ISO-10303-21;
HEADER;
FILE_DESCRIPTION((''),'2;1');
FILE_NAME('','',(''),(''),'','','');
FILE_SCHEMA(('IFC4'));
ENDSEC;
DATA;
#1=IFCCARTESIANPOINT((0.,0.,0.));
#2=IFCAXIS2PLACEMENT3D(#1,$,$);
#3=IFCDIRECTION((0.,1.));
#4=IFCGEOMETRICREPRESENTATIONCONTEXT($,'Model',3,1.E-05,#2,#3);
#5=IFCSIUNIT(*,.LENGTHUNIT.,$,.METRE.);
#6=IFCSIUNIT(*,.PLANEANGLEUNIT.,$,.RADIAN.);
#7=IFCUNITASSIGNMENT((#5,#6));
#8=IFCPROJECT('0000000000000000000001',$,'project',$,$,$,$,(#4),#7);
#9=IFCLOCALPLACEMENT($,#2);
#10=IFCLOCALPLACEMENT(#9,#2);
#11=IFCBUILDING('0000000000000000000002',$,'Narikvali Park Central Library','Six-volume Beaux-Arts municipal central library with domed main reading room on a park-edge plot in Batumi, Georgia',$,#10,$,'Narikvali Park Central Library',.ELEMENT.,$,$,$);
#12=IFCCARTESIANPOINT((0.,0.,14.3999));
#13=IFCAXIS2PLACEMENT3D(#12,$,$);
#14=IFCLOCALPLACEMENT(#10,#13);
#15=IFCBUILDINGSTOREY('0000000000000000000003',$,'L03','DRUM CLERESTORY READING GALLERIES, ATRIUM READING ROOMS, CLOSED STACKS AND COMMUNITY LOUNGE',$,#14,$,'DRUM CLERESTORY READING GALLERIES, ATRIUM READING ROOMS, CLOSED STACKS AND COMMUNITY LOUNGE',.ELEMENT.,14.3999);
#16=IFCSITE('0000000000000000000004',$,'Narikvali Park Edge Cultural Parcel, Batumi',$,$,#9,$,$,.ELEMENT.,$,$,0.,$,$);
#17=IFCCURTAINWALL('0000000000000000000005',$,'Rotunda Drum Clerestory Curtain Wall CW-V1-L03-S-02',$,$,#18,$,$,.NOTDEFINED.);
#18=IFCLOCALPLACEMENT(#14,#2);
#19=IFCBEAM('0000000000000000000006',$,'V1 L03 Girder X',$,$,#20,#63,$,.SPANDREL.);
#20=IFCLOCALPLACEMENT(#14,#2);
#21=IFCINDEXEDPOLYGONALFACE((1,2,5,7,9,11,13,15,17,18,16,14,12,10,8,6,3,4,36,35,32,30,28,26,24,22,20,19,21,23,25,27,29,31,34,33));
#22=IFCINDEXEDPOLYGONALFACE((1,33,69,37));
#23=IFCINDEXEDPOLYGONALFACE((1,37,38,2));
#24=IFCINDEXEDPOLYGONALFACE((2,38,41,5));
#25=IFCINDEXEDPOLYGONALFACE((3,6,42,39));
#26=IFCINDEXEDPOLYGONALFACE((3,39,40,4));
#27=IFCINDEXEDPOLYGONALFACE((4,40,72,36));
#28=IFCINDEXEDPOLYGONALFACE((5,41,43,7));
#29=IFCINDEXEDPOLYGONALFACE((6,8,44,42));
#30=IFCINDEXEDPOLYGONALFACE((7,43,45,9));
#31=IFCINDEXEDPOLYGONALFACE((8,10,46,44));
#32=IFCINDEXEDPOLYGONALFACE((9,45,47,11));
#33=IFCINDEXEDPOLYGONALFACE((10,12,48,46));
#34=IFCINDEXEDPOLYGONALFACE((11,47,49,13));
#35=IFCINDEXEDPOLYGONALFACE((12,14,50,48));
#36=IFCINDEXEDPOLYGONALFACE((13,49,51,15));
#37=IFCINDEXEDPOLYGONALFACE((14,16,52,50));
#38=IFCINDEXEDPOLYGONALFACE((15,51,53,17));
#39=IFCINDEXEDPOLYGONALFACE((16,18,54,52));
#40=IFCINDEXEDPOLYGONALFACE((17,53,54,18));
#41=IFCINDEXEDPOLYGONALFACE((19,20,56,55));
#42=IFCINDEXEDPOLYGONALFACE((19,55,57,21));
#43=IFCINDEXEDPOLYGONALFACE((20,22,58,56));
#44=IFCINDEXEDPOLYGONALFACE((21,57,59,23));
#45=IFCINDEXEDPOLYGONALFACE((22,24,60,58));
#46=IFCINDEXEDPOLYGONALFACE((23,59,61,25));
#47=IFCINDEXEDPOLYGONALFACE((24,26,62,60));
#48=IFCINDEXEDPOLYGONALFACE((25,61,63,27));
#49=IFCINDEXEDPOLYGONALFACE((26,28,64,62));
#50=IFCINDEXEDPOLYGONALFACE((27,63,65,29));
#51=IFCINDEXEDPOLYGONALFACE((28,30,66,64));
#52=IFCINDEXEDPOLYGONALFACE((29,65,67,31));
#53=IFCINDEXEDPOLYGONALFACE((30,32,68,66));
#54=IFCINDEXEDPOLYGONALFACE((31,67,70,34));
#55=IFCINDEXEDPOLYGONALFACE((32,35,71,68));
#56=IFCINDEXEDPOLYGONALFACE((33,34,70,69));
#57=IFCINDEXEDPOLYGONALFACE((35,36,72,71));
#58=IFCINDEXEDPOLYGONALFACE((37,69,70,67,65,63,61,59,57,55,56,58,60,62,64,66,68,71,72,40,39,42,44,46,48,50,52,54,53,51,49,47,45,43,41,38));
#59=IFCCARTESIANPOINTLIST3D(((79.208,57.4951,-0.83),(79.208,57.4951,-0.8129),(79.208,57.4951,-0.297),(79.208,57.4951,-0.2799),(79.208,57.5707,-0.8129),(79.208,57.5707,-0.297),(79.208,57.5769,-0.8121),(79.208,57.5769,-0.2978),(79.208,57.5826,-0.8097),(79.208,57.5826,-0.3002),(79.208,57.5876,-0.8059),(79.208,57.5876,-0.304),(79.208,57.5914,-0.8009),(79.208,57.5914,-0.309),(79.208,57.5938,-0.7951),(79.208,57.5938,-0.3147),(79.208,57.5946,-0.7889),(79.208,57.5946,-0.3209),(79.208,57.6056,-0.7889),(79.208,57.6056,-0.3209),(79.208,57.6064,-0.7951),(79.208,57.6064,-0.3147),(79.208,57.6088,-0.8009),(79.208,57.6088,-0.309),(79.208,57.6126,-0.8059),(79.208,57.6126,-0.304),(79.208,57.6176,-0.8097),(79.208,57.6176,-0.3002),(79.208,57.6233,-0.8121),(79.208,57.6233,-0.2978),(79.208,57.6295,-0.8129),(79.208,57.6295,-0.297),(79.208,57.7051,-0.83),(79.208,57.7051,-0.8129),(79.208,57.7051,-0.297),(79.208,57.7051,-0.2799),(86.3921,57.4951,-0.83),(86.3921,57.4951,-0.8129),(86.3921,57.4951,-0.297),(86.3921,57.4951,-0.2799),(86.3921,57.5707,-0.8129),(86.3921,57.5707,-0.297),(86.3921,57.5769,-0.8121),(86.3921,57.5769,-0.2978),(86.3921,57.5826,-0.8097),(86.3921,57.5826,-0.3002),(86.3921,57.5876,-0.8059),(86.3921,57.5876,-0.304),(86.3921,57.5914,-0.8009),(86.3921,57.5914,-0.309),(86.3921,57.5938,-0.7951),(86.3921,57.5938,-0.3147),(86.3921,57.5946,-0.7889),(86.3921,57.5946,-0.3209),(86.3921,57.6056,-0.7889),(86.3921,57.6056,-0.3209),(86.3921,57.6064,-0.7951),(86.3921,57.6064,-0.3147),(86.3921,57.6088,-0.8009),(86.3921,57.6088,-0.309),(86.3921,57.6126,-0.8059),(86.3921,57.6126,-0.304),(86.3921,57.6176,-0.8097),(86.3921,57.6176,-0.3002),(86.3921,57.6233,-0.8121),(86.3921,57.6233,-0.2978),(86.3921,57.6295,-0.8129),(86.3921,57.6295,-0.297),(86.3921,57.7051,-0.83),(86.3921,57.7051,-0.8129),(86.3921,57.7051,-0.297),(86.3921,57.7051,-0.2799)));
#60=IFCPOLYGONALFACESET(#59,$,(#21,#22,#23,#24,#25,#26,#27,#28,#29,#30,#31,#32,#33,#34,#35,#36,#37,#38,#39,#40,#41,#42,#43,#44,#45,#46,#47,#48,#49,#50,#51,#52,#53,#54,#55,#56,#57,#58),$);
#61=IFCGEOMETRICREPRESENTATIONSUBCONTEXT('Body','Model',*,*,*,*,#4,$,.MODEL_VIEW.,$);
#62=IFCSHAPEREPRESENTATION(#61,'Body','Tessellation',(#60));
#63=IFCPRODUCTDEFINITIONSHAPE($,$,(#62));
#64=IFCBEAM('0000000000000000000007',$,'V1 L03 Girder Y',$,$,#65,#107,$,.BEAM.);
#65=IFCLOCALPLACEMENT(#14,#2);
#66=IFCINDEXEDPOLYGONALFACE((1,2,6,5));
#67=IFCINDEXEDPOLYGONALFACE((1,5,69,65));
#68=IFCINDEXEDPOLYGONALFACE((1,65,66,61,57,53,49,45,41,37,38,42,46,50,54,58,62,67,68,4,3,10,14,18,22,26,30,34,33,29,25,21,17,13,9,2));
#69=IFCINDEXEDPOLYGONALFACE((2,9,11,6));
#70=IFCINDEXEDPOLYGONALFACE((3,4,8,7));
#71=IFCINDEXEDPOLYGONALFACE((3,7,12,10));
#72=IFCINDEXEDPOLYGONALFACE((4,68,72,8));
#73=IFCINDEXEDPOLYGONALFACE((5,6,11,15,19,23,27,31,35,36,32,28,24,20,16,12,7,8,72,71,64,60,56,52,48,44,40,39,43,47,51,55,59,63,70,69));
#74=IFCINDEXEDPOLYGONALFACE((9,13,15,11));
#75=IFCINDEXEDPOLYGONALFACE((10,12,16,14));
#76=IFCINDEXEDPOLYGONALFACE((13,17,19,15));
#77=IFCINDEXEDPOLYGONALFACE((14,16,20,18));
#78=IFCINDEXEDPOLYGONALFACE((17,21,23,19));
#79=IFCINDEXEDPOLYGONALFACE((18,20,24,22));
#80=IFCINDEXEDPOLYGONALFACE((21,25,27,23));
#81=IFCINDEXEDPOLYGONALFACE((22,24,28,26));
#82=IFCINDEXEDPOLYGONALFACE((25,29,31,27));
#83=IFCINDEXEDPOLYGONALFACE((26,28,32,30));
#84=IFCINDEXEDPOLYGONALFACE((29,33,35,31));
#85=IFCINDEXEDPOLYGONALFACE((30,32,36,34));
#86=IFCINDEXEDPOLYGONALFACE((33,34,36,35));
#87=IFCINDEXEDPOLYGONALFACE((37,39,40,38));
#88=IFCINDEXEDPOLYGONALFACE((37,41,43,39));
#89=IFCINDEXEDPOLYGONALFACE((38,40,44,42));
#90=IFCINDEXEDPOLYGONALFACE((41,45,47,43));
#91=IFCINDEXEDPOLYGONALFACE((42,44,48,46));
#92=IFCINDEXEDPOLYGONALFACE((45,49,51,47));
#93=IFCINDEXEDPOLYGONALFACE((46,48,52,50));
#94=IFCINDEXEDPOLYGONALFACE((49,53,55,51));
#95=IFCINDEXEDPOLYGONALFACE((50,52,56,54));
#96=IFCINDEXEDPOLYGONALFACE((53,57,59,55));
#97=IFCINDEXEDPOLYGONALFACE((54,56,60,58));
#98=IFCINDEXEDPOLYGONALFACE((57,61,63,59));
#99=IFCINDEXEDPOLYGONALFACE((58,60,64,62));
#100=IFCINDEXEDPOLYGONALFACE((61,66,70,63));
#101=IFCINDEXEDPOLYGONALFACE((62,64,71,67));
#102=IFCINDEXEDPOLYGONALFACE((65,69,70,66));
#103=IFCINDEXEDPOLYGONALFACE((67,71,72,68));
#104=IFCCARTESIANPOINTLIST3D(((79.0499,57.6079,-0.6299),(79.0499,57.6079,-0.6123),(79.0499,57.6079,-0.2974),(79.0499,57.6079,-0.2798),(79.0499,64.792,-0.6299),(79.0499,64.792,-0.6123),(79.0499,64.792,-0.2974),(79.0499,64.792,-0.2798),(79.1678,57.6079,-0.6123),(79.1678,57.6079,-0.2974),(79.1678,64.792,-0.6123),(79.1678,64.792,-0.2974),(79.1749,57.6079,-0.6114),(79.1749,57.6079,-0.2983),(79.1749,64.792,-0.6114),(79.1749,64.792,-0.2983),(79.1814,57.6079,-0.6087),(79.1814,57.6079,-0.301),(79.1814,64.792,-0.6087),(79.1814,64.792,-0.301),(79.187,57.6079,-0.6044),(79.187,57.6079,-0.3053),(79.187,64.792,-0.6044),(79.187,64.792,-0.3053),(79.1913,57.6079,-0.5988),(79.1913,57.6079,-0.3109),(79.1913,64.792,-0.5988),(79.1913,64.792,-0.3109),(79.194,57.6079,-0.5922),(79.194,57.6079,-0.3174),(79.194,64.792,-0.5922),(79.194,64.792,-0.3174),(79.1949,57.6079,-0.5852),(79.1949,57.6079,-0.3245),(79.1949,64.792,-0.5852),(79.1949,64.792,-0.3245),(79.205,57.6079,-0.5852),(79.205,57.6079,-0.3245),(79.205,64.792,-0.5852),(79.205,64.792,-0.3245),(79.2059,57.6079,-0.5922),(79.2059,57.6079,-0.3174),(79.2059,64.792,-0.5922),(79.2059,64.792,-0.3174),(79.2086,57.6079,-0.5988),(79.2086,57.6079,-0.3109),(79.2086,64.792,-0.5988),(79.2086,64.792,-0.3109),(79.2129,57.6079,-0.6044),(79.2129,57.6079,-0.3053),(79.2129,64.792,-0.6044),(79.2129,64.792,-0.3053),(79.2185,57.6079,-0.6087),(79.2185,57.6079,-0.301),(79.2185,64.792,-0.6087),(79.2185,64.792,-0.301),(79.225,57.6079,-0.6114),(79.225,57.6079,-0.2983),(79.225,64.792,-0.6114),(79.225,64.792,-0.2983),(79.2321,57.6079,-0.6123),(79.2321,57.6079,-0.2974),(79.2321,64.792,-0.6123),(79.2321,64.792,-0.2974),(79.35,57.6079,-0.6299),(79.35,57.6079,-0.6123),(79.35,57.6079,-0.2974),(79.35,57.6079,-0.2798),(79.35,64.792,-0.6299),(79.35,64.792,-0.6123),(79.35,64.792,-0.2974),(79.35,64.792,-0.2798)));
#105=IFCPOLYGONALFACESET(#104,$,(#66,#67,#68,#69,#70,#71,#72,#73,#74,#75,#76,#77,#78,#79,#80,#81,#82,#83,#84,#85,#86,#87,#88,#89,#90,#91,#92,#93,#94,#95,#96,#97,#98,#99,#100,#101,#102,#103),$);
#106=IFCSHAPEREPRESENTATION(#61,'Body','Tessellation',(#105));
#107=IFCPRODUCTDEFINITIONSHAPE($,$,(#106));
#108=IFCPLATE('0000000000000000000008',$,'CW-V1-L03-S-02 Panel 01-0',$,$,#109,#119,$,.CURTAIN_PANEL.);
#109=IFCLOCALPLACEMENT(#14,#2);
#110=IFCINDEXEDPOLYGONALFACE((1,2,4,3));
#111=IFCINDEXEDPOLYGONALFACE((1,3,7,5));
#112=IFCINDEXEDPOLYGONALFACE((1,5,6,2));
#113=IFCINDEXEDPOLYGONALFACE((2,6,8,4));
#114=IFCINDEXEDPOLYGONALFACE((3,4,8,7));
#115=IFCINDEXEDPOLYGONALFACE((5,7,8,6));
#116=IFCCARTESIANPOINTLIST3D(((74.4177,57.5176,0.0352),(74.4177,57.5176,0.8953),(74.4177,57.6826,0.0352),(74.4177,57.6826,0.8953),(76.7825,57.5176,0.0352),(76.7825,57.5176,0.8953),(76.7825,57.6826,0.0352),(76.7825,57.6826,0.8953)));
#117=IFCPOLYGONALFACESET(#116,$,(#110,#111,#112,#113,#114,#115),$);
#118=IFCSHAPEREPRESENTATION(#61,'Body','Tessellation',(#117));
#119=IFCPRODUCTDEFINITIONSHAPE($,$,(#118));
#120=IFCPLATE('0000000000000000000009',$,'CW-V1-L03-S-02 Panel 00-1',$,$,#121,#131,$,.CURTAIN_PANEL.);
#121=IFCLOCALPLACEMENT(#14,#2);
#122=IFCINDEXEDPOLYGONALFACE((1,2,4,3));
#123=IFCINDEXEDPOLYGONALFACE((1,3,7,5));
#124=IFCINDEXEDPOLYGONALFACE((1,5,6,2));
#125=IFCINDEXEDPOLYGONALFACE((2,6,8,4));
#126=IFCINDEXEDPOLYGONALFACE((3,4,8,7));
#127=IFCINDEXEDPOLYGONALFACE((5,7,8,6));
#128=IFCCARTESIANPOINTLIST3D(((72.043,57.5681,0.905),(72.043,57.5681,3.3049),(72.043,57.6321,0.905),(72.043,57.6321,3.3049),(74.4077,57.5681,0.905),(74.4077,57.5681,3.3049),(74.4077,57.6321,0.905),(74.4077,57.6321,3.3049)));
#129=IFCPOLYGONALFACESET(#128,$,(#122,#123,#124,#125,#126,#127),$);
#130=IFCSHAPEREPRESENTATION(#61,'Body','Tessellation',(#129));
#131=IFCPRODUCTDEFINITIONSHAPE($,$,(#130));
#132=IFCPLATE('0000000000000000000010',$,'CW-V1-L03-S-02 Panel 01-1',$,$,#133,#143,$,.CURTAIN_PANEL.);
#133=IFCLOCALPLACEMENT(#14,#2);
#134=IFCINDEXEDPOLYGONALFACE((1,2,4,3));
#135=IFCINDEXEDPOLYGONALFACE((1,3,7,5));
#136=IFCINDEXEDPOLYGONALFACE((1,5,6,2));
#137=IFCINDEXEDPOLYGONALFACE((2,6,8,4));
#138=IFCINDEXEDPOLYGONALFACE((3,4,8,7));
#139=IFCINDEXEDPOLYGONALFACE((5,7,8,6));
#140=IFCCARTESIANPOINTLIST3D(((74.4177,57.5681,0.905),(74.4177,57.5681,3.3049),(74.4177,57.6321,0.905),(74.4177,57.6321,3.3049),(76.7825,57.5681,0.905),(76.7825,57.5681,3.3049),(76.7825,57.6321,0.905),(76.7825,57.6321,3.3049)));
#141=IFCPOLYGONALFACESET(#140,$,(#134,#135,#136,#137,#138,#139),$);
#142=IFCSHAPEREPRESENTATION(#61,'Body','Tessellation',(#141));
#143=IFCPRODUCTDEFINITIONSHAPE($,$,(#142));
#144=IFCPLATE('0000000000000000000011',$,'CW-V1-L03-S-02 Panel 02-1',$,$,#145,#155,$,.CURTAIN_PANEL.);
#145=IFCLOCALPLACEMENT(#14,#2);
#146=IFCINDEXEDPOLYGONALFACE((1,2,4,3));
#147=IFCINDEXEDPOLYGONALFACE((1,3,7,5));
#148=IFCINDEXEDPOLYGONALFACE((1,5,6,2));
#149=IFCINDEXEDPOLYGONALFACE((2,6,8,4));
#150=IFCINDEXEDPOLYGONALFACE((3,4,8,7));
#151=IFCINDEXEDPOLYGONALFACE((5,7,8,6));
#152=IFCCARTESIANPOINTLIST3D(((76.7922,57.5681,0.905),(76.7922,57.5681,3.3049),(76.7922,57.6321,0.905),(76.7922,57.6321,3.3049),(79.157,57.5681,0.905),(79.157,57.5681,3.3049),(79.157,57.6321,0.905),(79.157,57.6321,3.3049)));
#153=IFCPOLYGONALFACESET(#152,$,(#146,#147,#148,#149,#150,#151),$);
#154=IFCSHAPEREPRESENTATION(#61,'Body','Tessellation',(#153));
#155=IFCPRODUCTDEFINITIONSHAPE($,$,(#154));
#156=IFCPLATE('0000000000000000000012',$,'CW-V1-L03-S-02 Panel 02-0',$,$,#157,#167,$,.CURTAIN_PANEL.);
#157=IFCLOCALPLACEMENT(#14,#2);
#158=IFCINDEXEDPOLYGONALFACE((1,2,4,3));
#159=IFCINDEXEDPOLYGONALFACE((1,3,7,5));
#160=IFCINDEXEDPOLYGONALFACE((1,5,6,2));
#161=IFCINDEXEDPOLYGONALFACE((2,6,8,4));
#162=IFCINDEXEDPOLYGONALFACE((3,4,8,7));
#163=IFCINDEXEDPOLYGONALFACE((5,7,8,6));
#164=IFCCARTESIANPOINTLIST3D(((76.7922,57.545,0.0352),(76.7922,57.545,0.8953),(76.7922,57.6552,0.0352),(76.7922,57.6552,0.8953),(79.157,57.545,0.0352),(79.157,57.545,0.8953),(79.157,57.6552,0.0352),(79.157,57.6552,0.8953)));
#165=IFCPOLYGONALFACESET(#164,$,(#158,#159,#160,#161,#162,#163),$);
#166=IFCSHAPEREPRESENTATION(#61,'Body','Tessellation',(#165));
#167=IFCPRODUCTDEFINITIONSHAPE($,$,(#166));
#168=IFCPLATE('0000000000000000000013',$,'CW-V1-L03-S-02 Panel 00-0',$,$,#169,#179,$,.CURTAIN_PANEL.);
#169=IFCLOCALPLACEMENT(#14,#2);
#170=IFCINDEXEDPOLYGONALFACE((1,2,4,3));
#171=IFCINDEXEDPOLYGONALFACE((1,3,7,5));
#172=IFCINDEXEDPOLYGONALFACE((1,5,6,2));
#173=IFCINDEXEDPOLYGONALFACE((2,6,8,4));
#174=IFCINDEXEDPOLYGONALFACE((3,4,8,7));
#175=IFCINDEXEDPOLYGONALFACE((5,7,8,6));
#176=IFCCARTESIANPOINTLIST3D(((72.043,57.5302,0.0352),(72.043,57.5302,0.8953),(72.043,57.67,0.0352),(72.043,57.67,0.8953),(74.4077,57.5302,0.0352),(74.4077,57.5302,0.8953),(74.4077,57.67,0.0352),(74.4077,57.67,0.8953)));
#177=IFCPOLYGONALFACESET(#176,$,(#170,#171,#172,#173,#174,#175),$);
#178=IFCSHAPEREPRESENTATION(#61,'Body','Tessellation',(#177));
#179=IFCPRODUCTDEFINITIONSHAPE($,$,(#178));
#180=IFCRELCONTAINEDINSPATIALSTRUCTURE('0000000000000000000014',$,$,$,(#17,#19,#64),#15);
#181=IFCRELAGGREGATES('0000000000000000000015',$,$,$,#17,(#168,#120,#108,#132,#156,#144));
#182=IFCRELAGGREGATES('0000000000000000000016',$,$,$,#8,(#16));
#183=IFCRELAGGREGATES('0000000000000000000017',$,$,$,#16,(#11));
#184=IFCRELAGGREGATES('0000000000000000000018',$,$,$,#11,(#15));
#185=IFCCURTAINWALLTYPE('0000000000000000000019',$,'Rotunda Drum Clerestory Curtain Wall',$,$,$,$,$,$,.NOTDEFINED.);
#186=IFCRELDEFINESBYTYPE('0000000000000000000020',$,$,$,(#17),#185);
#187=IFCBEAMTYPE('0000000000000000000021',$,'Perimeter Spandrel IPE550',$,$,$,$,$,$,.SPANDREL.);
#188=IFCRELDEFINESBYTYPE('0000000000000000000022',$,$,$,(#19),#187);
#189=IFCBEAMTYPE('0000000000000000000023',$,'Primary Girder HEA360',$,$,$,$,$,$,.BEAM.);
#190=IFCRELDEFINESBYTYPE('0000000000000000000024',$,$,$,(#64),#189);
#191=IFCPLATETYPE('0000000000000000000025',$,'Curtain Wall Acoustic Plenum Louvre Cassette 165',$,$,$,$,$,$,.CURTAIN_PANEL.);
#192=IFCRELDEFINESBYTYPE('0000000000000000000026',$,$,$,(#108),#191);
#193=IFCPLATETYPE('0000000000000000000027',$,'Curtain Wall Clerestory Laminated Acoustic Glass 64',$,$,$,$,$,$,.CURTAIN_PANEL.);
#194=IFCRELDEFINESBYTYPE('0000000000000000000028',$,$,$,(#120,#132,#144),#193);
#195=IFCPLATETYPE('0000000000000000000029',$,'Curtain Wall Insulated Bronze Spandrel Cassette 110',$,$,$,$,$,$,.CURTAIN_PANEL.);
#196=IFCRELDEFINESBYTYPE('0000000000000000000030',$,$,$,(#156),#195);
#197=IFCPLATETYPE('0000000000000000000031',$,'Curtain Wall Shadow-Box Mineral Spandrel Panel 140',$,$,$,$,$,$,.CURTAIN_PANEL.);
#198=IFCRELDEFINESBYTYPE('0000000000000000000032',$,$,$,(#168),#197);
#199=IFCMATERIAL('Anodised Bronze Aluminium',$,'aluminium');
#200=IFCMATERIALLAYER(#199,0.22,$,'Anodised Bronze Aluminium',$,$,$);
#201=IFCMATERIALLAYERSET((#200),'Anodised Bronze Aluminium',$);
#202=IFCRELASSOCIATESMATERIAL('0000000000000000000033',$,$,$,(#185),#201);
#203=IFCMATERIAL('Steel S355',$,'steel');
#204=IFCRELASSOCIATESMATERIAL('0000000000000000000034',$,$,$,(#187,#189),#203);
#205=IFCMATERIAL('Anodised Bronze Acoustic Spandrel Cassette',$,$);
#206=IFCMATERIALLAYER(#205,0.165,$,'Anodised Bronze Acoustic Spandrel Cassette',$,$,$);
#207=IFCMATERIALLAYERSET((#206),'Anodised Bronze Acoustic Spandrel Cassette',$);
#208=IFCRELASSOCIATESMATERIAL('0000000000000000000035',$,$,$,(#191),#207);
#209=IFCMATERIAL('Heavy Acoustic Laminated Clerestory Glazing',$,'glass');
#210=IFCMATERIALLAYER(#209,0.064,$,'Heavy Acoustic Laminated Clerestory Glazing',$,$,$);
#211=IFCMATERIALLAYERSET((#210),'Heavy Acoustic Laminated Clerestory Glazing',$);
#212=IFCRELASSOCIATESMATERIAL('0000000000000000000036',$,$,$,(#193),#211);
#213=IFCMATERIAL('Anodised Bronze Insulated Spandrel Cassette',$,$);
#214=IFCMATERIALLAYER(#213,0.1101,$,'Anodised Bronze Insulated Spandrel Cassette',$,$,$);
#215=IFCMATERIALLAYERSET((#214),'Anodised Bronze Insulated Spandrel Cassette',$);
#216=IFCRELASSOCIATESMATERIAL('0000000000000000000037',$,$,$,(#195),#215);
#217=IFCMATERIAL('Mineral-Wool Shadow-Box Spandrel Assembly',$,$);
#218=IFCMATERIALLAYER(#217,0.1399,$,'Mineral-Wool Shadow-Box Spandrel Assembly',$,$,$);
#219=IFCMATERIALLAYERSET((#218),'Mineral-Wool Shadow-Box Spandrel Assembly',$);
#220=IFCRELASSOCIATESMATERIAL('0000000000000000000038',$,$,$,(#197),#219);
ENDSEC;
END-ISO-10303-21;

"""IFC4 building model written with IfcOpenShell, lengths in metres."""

from ifc_helpers import new_model, si_unit, direction, frame, origin, origin_2d, place, context, subcontext, project, spatial, rectangle, i_section, extrude, material, layer, layer_set, material_profile, profile_set, type_object, element, aggregate, save


model = new_model("IFC4")

# Units and contexts
model_context = context("Model", 3, precision=1e-05, world=origin(), true_north=direction((0.0, 1.0)))
body_context = subcontext(model_context, "Body", "Model", "MODEL_VIEW")
ifc_project = project(units=[si_unit("LENGTHUNIT", "METRE"), si_unit("PLANEANGLEUNIT", "RADIAN")], contexts=[model_context])

# Site, building, storey
site_placement = place(None, origin())
site = spatial("IfcSite", under=ifc_project, at=site_placement, Name="Narikvali Park Edge Cultural Parcel, Batumi", CompositionType="ELEMENT", RefElevation=0.0)
building_placement = place(site_placement, origin())
building = spatial("IfcBuilding", under=site, at=building_placement, Name="Narikvali Park Central Library", Description="Six-volume Beaux-Arts municipal central library with domed main reading room on a park-edge plot in Batumi, Georgia", LongName="Narikvali Park Central Library", CompositionType="ELEMENT")
storey_placement = place(building_placement, frame((0.0, 0.0, 14.3999)))
storey = spatial("IfcBuildingStorey", under=building, at=storey_placement, Name="L03", Description="DRUM CLERESTORY READING GALLERIES, ATRIUM READING ROOMS, CLOSED STACKS AND COMMUNITY LOUNGE", LongName="DRUM CLERESTORY READING GALLERIES, ATRIUM READING ROOMS, CLOSED STACKS AND COMMUNITY LOUNGE", CompositionType="ELEMENT", Elevation=14.3999)

# Shared definitions
ifc_material_1 = material(Name="Steel S355", Category="steel")

# Curtain wall
ifc_material_2 = material(Name="Anodised Bronze Aluminium", Category="aluminium")
ifc_layer_1 = layer(ifc_material_2, 0.22, Name="Anodised Bronze Aluminium")
ifc_layer_set_1 = layer_set([ifc_layer_1], Name="Anodised Bronze Aluminium")
curtain_wall_type_1 = type_object("IfcCurtainWallType", Name="Rotunda Drum Clerestory Curtain Wall", PredefinedType="NOTDEFINED", material=ifc_layer_set_1)
curtain_wall_1_placement = place(storey_placement, origin())
curtain_wall_1 = element("IfcCurtainWall", 1, at=curtain_wall_1_placement, inside=storey, type_object=curtain_wall_type_1, Name="Rotunda Drum Clerestory Curtain Wall CW-V1-L03-S-02", PredefinedType="NOTDEFINED")

# Beams
ifc_material_profile_1 = material_profile(ifc_material_1, i_section(OverallWidth=0.21, OverallDepth=0.55, WebThickness=0.011, FlangeThickness=0.0171, FilletRadius=0.0239, at=origin_2d()), Name="IPE 550")
ifc_profile_set_1 = profile_set([ifc_material_profile_1], Name="Steel S355")
beam_type_1 = type_object("IfcBeamType", Name="Perimeter Spandrel IPE550", PredefinedType="SPANDREL", material=ifc_profile_set_1)
beam_1_placement = place(storey_placement, frame((79.208, 57.6001, -0.5549), z_axis=(1.0, 0.0, 0.0), x_axis=(0.0, 1.0, 0.0)))
element("IfcBeam", 2, at=beam_1_placement, inside=storey, type_object=beam_type_1, Name="V1 L03 Girder X", PredefinedType="SPANDREL", context=body_context, shape_type="SweptSolid", body=[
    extrude(i_section(OverallWidth=0.21, OverallDepth=0.55, WebThickness=0.011, FlangeThickness=0.0171, FilletRadius=0.0239, at=origin_2d()), origin(), (0.0, 0.0, 1.0), 7.1841),
])
ifc_material_profile_2 = material_profile(ifc_material_1, i_section(OverallWidth=0.3, OverallDepth=0.3501, WebThickness=0.01, FlangeThickness=0.0176, FilletRadius=0.0271, at=origin_2d()), Name="HEA 360")
ifc_profile_set_2 = profile_set([ifc_material_profile_2], Name="Steel S355")
beam_type_2 = type_object("IfcBeamType", Name="Primary Girder HEA360", PredefinedType="BEAM", material=ifc_profile_set_2)
beam_2_placement = place(storey_placement, frame((79.2, 57.6079, -0.4548), z_axis=(0.0, 1.0, 0.0), x_axis=(-1.0, 0.0, 0.0)))
element("IfcBeam", 3, at=beam_2_placement, inside=storey, type_object=beam_type_2, Name="V1 L03 Girder Y", PredefinedType="BEAM", context=body_context, shape_type="SweptSolid", body=[
    extrude(i_section(OverallWidth=0.3, OverallDepth=0.3501, WebThickness=0.01, FlangeThickness=0.0176, FilletRadius=0.0271, at=origin_2d()), origin(), (0.0, 0.0, 1.0), 7.1841),
])

# Plates
ifc_material_3 = material(Name="Anodised Bronze Acoustic Spandrel Cassette")
ifc_layer_2 = layer(ifc_material_3, 0.165, Name="Anodised Bronze Acoustic Spandrel Cassette")
ifc_layer_set_2 = layer_set([ifc_layer_2], Name="Anodised Bronze Acoustic Spandrel Cassette")
plate_type_1 = type_object("IfcPlateType", Name="Curtain Wall Acoustic Plenum Louvre Cassette 165", PredefinedType="CURTAIN_PANEL", material=ifc_layer_set_2)
plate_1_placement = place(storey_placement, frame((75.6001, 57.6001, 0.0352), z_axis=(0.0, 0.0, 1.0), x_axis=(1.0, 0.0, 0.0)))
plate_1 = element("IfcPlate", 4, at=plate_1_placement, type_object=plate_type_1, Name="CW-V1-L03-S-02 Panel 01-0", PredefinedType="CURTAIN_PANEL", context=body_context, shape_type="SweptSolid", body=[
    extrude(rectangle(XDim=2.3647, YDim=0.165, at=origin_2d()), origin(), (0.0, 0.0, 1.0), 0.8601),
])
ifc_material_4 = material(Name="Heavy Acoustic Laminated Clerestory Glazing", Category="glass")
ifc_layer_3 = layer(ifc_material_4, 0.064, Name="Heavy Acoustic Laminated Clerestory Glazing")
ifc_layer_set_3 = layer_set([ifc_layer_3], Name="Heavy Acoustic Laminated Clerestory Glazing")
plate_type_2 = type_object("IfcPlateType", Name="Curtain Wall Clerestory Laminated Acoustic Glass 64", PredefinedType="CURTAIN_PANEL", material=ifc_layer_set_3)
plate_2_placement = place(storey_placement, frame((73.2253, 57.6001, 0.905), z_axis=(0.0, 0.0, 1.0), x_axis=(1.0, 0.0, 0.0)))
plate_2 = element("IfcPlate", 5, at=plate_2_placement, type_object=plate_type_2, Name="CW-V1-L03-S-02 Panel 00-1", PredefinedType="CURTAIN_PANEL", context=body_context, shape_type="SweptSolid", body=[
    extrude(rectangle(XDim=2.3647, YDim=0.064, at=origin_2d()), origin(), (0.0, 0.0, 1.0), 2.3999),
])
plate_3_placement = place(storey_placement, frame((75.6001, 57.6001, 0.905), z_axis=(0.0, 0.0, 1.0), x_axis=(1.0, 0.0, 0.0)))
plate_3 = element("IfcPlate", 6, at=plate_3_placement, type_object=plate_type_2, Name="CW-V1-L03-S-02 Panel 01-1", PredefinedType="CURTAIN_PANEL", context=body_context, shape_type="SweptSolid", body=[
    extrude(rectangle(XDim=2.3647, YDim=0.064, at=origin_2d()), origin(), (0.0, 0.0, 1.0), 2.3999),
])
plate_4_placement = place(storey_placement, frame((77.9746, 57.6001, 0.905), z_axis=(0.0, 0.0, 1.0), x_axis=(1.0, 0.0, 0.0)))
plate_4 = element("IfcPlate", 7, at=plate_4_placement, type_object=plate_type_2, Name="CW-V1-L03-S-02 Panel 02-1", PredefinedType="CURTAIN_PANEL", context=body_context, shape_type="SweptSolid", body=[
    extrude(rectangle(XDim=2.3647, YDim=0.064, at=origin_2d()), origin(), (0.0, 0.0, 1.0), 2.3999),
])
ifc_material_5 = material(Name="Anodised Bronze Insulated Spandrel Cassette")
ifc_layer_4 = layer(ifc_material_5, 0.1101, Name="Anodised Bronze Insulated Spandrel Cassette")
ifc_layer_set_4 = layer_set([ifc_layer_4], Name="Anodised Bronze Insulated Spandrel Cassette")
plate_type_3 = type_object("IfcPlateType", Name="Curtain Wall Insulated Bronze Spandrel Cassette 110", PredefinedType="CURTAIN_PANEL", material=ifc_layer_set_4)
plate_5_placement = place(storey_placement, frame((77.9746, 57.6001, 0.0352), z_axis=(0.0, 0.0, 1.0), x_axis=(1.0, 0.0, 0.0)))
plate_5 = element("IfcPlate", 8, at=plate_5_placement, type_object=plate_type_3, Name="CW-V1-L03-S-02 Panel 02-0", PredefinedType="CURTAIN_PANEL", context=body_context, shape_type="SweptSolid", body=[
    extrude(rectangle(XDim=2.3647, YDim=0.1101, at=origin_2d()), origin(), (0.0, 0.0, 1.0), 0.8601),
])
ifc_material_6 = material(Name="Mineral-Wool Shadow-Box Spandrel Assembly")
ifc_layer_5 = layer(ifc_material_6, 0.1399, Name="Mineral-Wool Shadow-Box Spandrel Assembly")
ifc_layer_set_5 = layer_set([ifc_layer_5], Name="Mineral-Wool Shadow-Box Spandrel Assembly")
plate_type_4 = type_object("IfcPlateType", Name="Curtain Wall Shadow-Box Mineral Spandrel Panel 140", PredefinedType="CURTAIN_PANEL", material=ifc_layer_set_5)
plate_6_placement = place(storey_placement, frame((73.2253, 57.6001, 0.0352), z_axis=(0.0, 0.0, 1.0), x_axis=(1.0, 0.0, 0.0)))
plate_6 = element("IfcPlate", 9, at=plate_6_placement, type_object=plate_type_4, Name="CW-V1-L03-S-02 Panel 00-0", PredefinedType="CURTAIN_PANEL", context=body_context, shape_type="SweptSolid", body=[
    extrude(rectangle(XDim=2.3647, YDim=0.1399, at=origin_2d()), origin(), (0.0, 0.0, 1.0), 0.8601),
])
aggregate(curtain_wall_1, [plate_6, plate_2, plate_1, plate_3, plate_5, plate_4])

save(model, "model.ifc")
